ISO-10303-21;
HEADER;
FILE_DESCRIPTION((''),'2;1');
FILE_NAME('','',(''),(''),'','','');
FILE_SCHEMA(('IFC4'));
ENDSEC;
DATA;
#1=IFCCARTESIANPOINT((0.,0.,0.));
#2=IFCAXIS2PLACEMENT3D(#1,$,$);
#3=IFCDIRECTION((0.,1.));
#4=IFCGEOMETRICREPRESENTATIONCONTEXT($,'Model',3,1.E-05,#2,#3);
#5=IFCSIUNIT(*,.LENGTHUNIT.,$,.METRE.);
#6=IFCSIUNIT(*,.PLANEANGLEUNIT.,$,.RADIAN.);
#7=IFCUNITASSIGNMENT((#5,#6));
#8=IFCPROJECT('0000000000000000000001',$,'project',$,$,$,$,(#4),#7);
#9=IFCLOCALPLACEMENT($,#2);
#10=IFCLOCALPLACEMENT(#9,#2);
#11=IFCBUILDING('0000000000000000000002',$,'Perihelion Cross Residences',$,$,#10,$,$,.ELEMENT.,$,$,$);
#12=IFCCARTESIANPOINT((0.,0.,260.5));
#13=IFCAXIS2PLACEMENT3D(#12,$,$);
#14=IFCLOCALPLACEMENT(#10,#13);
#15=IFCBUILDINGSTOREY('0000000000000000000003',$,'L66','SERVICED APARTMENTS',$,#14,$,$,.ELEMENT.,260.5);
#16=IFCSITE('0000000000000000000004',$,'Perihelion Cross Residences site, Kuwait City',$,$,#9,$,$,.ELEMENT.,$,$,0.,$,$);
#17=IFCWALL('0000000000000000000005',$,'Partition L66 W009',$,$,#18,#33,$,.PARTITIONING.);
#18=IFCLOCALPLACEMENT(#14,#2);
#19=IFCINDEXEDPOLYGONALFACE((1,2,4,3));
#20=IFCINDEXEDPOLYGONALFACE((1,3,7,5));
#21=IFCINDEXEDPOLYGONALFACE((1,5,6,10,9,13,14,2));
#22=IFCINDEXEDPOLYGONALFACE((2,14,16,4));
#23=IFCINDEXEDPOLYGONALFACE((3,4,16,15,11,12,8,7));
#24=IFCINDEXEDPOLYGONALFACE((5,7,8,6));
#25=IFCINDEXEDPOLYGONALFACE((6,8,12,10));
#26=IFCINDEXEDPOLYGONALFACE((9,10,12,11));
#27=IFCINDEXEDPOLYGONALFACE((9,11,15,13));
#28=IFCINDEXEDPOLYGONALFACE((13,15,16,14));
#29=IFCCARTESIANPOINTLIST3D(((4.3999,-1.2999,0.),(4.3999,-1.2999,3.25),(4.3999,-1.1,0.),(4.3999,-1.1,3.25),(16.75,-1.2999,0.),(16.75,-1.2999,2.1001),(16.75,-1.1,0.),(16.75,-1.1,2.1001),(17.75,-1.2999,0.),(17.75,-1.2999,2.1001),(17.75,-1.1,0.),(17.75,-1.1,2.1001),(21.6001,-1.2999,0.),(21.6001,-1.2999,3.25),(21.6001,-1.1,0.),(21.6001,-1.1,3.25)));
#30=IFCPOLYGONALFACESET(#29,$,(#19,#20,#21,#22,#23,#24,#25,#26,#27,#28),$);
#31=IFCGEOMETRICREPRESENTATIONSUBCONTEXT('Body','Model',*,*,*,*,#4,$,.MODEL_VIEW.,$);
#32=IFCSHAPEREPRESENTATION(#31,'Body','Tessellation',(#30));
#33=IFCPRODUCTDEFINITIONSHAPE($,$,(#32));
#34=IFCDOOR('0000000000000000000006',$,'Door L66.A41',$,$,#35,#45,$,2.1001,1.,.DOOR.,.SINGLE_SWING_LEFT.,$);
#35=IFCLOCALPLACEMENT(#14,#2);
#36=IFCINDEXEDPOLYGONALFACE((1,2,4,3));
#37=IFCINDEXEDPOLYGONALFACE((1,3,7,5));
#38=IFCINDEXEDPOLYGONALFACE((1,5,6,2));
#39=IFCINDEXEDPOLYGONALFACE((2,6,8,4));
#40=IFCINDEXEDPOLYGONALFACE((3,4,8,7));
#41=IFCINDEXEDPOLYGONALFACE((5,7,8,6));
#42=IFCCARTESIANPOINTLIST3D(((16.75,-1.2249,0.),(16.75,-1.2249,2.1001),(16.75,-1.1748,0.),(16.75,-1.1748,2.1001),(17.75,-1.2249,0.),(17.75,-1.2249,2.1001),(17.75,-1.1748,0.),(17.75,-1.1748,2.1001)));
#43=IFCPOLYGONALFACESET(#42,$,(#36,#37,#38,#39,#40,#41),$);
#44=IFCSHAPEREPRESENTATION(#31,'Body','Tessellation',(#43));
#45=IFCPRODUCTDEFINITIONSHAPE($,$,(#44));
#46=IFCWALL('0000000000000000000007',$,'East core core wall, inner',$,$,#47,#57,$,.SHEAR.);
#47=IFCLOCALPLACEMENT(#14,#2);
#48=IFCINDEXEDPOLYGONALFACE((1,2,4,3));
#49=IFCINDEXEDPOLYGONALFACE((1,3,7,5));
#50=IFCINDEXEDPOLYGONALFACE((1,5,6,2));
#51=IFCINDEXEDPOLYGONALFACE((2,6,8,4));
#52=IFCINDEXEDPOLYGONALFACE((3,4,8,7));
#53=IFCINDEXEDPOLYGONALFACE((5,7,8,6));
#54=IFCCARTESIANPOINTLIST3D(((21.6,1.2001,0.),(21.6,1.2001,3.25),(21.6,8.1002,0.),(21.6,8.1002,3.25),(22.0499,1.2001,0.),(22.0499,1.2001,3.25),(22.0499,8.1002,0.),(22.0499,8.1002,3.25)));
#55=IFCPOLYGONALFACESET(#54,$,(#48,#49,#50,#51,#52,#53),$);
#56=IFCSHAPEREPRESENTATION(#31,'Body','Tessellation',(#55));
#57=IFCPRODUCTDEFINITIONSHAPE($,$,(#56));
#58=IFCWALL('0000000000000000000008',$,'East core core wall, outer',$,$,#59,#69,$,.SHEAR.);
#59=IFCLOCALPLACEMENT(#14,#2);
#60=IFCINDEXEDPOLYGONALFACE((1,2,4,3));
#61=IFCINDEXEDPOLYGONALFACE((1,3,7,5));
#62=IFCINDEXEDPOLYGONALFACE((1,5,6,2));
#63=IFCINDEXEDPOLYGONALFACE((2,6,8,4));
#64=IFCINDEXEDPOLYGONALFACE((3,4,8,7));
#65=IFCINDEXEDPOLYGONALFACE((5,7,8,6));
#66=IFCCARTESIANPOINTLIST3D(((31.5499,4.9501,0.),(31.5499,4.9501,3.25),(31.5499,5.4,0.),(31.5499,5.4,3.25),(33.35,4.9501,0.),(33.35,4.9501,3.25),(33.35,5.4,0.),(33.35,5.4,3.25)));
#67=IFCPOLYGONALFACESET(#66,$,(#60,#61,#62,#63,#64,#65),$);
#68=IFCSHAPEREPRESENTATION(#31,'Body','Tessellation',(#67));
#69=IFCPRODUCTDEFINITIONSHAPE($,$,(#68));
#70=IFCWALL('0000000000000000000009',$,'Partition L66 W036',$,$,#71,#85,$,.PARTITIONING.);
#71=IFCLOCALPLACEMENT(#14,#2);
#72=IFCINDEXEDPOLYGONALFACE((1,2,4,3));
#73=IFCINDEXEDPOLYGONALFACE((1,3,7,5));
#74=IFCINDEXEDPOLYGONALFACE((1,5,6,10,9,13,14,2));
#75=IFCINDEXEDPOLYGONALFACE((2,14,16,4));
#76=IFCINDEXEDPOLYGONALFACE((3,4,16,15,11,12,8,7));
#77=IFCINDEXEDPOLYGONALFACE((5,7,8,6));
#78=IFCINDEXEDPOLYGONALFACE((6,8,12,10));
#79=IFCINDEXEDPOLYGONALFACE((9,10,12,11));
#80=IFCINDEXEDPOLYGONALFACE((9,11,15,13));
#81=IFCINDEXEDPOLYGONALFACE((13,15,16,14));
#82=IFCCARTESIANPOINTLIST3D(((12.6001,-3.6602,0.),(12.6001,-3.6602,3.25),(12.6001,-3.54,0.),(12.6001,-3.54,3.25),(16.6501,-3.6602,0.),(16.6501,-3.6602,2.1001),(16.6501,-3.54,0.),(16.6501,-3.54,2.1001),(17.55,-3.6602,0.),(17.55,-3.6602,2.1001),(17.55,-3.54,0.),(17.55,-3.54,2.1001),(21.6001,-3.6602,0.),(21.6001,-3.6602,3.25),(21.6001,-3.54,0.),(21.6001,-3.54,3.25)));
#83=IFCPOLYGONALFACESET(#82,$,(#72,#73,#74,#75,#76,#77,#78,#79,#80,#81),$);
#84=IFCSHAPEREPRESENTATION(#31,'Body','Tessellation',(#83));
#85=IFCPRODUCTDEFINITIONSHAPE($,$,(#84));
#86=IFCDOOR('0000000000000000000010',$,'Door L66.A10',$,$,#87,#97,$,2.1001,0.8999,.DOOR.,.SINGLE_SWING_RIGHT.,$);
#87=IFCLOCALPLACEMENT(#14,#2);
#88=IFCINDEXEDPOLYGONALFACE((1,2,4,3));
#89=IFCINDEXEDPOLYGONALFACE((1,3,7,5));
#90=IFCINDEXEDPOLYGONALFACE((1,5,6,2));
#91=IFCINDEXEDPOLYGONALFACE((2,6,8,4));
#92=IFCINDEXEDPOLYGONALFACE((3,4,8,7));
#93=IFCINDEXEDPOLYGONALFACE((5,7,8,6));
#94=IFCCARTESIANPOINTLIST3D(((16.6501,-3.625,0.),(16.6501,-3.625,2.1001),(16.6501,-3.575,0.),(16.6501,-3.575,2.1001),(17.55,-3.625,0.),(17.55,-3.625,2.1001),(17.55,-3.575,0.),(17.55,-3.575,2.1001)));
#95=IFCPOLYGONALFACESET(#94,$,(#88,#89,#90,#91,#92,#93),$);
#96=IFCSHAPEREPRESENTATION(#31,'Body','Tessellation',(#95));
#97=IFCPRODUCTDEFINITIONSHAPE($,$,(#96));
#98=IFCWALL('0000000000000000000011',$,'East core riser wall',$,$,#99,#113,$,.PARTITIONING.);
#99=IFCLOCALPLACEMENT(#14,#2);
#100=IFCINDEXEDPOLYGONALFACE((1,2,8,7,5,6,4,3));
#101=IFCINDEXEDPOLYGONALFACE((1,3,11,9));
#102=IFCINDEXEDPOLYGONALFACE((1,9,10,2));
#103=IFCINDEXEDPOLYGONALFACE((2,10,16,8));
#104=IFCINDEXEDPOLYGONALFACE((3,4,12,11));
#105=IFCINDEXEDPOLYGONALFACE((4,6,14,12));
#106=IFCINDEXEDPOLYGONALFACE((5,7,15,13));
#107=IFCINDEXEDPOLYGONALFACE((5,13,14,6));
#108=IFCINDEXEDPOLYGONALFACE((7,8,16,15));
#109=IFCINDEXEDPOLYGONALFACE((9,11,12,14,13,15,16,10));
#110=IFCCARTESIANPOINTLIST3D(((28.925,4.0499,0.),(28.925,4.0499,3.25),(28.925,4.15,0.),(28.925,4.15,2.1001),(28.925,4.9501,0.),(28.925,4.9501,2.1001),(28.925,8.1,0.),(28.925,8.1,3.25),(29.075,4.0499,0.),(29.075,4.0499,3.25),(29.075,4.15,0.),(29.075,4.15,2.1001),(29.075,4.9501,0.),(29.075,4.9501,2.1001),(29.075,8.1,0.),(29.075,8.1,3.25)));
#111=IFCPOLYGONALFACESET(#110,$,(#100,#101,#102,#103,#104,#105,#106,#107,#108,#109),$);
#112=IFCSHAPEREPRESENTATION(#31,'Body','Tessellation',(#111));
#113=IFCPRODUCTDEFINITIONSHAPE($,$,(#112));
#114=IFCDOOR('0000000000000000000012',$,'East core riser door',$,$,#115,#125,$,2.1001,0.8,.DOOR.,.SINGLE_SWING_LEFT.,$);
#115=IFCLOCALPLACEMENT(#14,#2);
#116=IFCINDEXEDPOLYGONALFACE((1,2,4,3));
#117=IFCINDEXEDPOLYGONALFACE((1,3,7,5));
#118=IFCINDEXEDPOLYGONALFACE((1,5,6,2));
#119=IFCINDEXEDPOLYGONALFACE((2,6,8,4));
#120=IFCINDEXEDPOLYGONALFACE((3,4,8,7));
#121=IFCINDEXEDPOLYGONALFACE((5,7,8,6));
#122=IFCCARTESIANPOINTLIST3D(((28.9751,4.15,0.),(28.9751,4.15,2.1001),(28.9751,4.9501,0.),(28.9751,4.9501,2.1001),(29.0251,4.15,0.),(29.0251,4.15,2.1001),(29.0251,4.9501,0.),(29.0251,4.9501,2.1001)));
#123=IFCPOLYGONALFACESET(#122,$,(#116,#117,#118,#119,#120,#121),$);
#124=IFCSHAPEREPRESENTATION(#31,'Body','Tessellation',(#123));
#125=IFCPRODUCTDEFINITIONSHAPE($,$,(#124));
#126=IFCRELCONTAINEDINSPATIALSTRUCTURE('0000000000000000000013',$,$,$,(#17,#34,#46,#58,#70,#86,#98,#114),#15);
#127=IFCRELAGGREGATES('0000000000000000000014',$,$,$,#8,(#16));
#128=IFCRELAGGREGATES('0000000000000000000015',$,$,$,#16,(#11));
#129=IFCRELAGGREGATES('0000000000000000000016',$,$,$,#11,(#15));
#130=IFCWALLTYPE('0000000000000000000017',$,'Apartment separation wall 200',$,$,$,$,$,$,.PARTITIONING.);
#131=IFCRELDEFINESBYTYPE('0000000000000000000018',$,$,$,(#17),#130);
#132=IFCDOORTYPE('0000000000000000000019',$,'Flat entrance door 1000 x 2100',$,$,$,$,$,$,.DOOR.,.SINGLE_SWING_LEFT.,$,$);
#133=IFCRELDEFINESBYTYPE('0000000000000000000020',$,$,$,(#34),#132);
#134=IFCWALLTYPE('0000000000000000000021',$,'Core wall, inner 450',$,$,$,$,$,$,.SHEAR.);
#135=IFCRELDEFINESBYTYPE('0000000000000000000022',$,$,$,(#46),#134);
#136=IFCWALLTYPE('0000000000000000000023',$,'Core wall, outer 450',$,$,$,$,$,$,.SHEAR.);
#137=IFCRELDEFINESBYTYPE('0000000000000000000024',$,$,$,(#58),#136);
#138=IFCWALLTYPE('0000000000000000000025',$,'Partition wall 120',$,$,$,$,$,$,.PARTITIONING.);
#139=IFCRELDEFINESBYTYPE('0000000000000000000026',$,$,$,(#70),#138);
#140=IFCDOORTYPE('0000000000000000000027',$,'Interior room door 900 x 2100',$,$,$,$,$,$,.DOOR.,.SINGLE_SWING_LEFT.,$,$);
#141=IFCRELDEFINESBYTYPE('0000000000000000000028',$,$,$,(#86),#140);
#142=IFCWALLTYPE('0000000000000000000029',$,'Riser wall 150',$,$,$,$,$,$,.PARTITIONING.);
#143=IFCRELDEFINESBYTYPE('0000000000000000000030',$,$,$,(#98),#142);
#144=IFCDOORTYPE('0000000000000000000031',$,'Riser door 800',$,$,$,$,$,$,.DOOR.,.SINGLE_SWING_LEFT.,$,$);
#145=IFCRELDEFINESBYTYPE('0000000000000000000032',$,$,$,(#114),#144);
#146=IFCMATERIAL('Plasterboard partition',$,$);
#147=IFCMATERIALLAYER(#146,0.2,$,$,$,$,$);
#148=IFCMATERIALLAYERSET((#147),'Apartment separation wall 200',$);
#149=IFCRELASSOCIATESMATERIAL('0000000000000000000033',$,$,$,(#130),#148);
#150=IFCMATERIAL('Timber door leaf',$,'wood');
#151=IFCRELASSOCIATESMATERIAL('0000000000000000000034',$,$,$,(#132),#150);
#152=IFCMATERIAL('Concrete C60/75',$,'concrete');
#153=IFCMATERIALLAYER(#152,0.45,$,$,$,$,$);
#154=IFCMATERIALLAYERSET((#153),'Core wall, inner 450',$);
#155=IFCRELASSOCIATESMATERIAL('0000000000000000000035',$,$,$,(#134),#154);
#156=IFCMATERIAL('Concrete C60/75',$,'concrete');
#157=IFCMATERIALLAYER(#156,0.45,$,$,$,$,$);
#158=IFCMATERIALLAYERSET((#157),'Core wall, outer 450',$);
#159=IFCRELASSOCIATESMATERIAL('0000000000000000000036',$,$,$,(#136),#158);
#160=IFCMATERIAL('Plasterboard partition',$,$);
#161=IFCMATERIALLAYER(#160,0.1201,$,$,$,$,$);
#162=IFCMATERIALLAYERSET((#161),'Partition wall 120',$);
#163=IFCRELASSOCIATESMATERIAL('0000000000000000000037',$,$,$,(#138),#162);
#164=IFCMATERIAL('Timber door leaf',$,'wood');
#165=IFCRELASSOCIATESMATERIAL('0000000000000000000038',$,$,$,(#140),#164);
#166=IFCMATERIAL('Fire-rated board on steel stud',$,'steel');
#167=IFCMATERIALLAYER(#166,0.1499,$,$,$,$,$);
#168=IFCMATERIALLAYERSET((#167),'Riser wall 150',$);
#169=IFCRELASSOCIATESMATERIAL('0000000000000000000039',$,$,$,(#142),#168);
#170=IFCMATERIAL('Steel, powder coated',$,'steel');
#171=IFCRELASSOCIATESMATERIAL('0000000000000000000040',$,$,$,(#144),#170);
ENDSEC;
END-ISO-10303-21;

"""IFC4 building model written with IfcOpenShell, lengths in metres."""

from ifc_helpers import new_model, si_unit, direction, frame, frame_2d, origin, place, context, subcontext, project, spatial, rectangle, extrude, material, layer, layer_set, type_object, element, fill, save


model = new_model("IFC4")

# Units and contexts
model_context = context("Model", 3, precision=1e-05, world=origin(), true_north=direction((0.0, 1.0)))
body_context = subcontext(model_context, "Body", "Model", "MODEL_VIEW")
ifc_project = project(units=[si_unit("LENGTHUNIT", "METRE"), si_unit("PLANEANGLEUNIT", "RADIAN")], contexts=[model_context])

# Site, building, storey
site_placement = place(None, origin())
site = spatial("IfcSite", under=ifc_project, at=site_placement, Name="Perihelion Cross Residences site, Kuwait City", CompositionType="ELEMENT", RefElevation=0.0)
building_placement = place(site_placement, origin())
building = spatial("IfcBuilding", under=site, at=building_placement, Name="Perihelion Cross Residences", CompositionType="ELEMENT")
storey_placement = place(building_placement, frame((0.0, 0.0, 260.5)))
storey = spatial("IfcBuildingStorey", under=building, at=storey_placement, Name="L66", Description="SERVICED APARTMENTS", CompositionType="ELEMENT", Elevation=260.5)

# Wall, opening, door
ifc_material_1 = material(Name="Plasterboard partition")
ifc_layer_1 = layer(ifc_material_1, 0.2)
ifc_layer_set_1 = layer_set([ifc_layer_1], Name="Apartment separation wall 200")
wall_type_1 = type_object("IfcWallType", Name="Apartment separation wall 200", PredefinedType="PARTITIONING", material=ifc_layer_set_1)
wall_1_placement = place(storey_placement, frame((21.6001, -1.2, 0.0), z_axis=(0.0, 0.0, 1.0), x_axis=(-1.0, 0.0, 0.0)))
wall_1 = element("IfcWall", 1, at=wall_1_placement, inside=storey, type_object=wall_type_1, Name="Partition L66 W009", PredefinedType="PARTITIONING", context=body_context, shape_type="SweptSolid", body=[
    extrude(rectangle(XDim=17.2002, YDim=0.2, at=frame_2d((8.6001, 0.0))), origin(), (0.0, 0.0, 1.0), 3.25),
])
opening_1_placement = place(wall_1_placement, frame((3.8501, 0.0, 0.0)))
opening_1 = element("IfcOpeningElement", 2, at=opening_1_placement, cuts=wall_1, PredefinedType="OPENING", context=body_context, shape_type="SweptSolid", body=[
    extrude(rectangle(XDim=1.0, YDim=2.1001, at=frame_2d((0.5, 1.05))), frame((0.0, 0.1099, 0.0), z_axis=(0.0, -1.0, 0.0), x_axis=(1.0, 0.0, 0.0)), (0.0, 0.0, 1.0), 0.22),
])
ifc_material_2 = material(Name="Timber door leaf", Category="wood")
door_type_1 = type_object("IfcDoorType", Name="Flat entrance door 1000 x 2100", OperationType="SINGLE_SWING_LEFT", PredefinedType="DOOR", material=ifc_material_2)
door_1_placement = place(opening_1_placement, origin())
door_1 = element("IfcDoor", 3, at=door_1_placement, inside=storey, type_object=door_type_1, Name="Door L66.A41", OperationType="SINGLE_SWING_LEFT", OverallHeight=2.1001, OverallWidth=1.0, PredefinedType="DOOR", context=body_context, shape_type="SweptSolid", body=[
    extrude(rectangle(XDim=1.0, YDim=2.1001, at=frame_2d((0.5, 1.05))), frame((0.0, 0.0249, 0.0), z_axis=(0.0, -1.0, 0.0), x_axis=(1.0, 0.0, 0.0)), (0.0, 0.0, 1.0), 0.05),
])
fill(opening_1, door_1)

# Walls
ifc_material_3 = material(Name="Concrete C60/75", Category="concrete")
ifc_layer_2 = layer(ifc_material_3, 0.45)
ifc_layer_set_2 = layer_set([ifc_layer_2], Name="Core wall, inner 450")
wall_type_2 = type_object("IfcWallType", Name="Core wall, inner 450", PredefinedType="SHEAR", material=ifc_layer_set_2)
wall_2_placement = place(storey_placement, frame((21.825, 1.2, 0.0), z_axis=(0.0, 0.0, 1.0), x_axis=(0.0, 1.0, 0.0)))
element("IfcWall", 4, at=wall_2_placement, inside=storey, type_object=wall_type_2, Name="East core core wall, inner", PredefinedType="SHEAR", context=body_context, shape_type="SweptSolid", body=[
    extrude(rectangle(XDim=6.9001, YDim=0.45, at=frame_2d((3.4502, 0.0))), origin(), (0.0, 0.0, 1.0), 3.25),
])
ifc_material_4 = material(Name="Concrete C60/75", Category="concrete")
ifc_layer_3 = layer(ifc_material_4, 0.45)
ifc_layer_set_3 = layer_set([ifc_layer_3], Name="Core wall, outer 450")
wall_type_3 = type_object("IfcWallType", Name="Core wall, outer 450", PredefinedType="SHEAR", material=ifc_layer_set_3)
wall_3_placement = place(storey_placement, frame((31.55, 5.175, 0.0), z_axis=(0.0, 0.0, 1.0), x_axis=(1.0, 0.0, 0.0)))
element("IfcWall", 5, at=wall_3_placement, inside=storey, type_object=wall_type_3, Name="East core core wall, outer", PredefinedType="SHEAR", context=body_context, shape_type="SweptSolid", body=[
    extrude(rectangle(XDim=1.8, YDim=0.45, at=frame_2d((0.8999, 0.0))), origin(), (0.0, 0.0, 1.0), 3.25),
])

# Walls, openings, doors
ifc_material_5 = material(Name="Plasterboard partition")
ifc_layer_4 = layer(ifc_material_5, 0.1201)
ifc_layer_set_4 = layer_set([ifc_layer_4], Name="Partition wall 120")
wall_type_4 = type_object("IfcWallType", Name="Partition wall 120", PredefinedType="PARTITIONING", material=ifc_layer_set_4)
wall_4_placement = place(storey_placement, frame((21.6001, -3.6001, 0.0), z_axis=(0.0, 0.0, 1.0), x_axis=(-1.0, 0.0, 0.0)))
wall_4 = element("IfcWall", 6, at=wall_4_placement, inside=storey, type_object=wall_type_4, Name="Partition L66 W036", PredefinedType="PARTITIONING", context=body_context, shape_type="SweptSolid", body=[
    extrude(rectangle(XDim=9.0, YDim=0.1201, at=frame_2d((4.5, 0.0))), origin(), (0.0, 0.0, 1.0), 3.25),
])
opening_2_placement = place(wall_4_placement, frame((4.05, 0.0, 0.0)))
opening_2 = element("IfcOpeningElement", 7, at=opening_2_placement, cuts=wall_4, PredefinedType="OPENING", context=body_context, shape_type="SweptSolid", body=[
    extrude(rectangle(XDim=0.8999, YDim=2.1001, at=frame_2d((0.45, 1.05))), frame((0.0, 0.0701, 0.0), z_axis=(0.0, -1.0, 0.0), x_axis=(1.0, 0.0, 0.0)), (0.0, 0.0, 1.0), 0.1401),
])
ifc_material_6 = material(Name="Timber door leaf", Category="wood")
door_type_2 = type_object("IfcDoorType", Name="Interior room door 900 x 2100", OperationType="SINGLE_SWING_LEFT", PredefinedType="DOOR", material=ifc_material_6)
door_2_placement = place(opening_2_placement, origin())
door_2 = element("IfcDoor", 8, at=door_2_placement, inside=storey, type_object=door_type_2, Name="Door L66.A10", OperationType="SINGLE_SWING_RIGHT", OverallHeight=2.1001, OverallWidth=0.8999, PredefinedType="DOOR", context=body_context, shape_type="SweptSolid", body=[
    extrude(rectangle(XDim=0.8999, YDim=2.1001, at=frame_2d((0.45, 1.05))), frame((0.0, 0.0249, 0.0), z_axis=(0.0, -1.0, 0.0), x_axis=(1.0, 0.0, 0.0)), (0.0, 0.0, 1.0), 0.05),
])
fill(opening_2, door_2)
ifc_material_7 = material(Name="Fire-rated board on steel stud", Category="steel")
ifc_layer_5 = layer(ifc_material_7, 0.1499)
ifc_layer_set_5 = layer_set([ifc_layer_5], Name="Riser wall 150")
wall_type_5 = type_object("IfcWallType", Name="Riser wall 150", PredefinedType="PARTITIONING", material=ifc_layer_set_5)
wall_5_placement = place(storey_placement, frame((29.0, 4.05, 0.0), z_axis=(0.0, 0.0, 1.0), x_axis=(0.0, 1.0, 0.0)))
wall_5 = element("IfcWall", 9, at=wall_5_placement, inside=storey, type_object=wall_type_5, Name="East core riser wall", PredefinedType="PARTITIONING", context=body_context, shape_type="SweptSolid", body=[
    extrude(rectangle(XDim=4.05, YDim=0.1499, at=frame_2d((2.0249, 0.0))), origin(), (0.0, 0.0, 1.0), 3.25),
])
opening_3_placement = place(wall_5_placement, frame((0.1001, 0.0, 0.0)))
opening_3 = element("IfcOpeningElement", 10, at=opening_3_placement, cuts=wall_5, PredefinedType="OPENING", context=body_context, shape_type="SweptSolid", body=[
    extrude(rectangle(XDim=0.8, YDim=2.1001, at=frame_2d((0.3999, 1.05))), frame((0.0, 0.085, 0.0), z_axis=(0.0, -1.0, 0.0), x_axis=(1.0, 0.0, 0.0)), (0.0, 0.0, 1.0), 0.1699),
])
ifc_material_8 = material(Name="Steel, powder coated", Category="steel")
door_type_3 = type_object("IfcDoorType", Name="Riser door 800", OperationType="SINGLE_SWING_LEFT", PredefinedType="DOOR", material=ifc_material_8)
door_3_placement = place(opening_3_placement, origin())
door_3 = element("IfcDoor", 11, at=door_3_placement, inside=storey, type_object=door_type_3, Name="East core riser door", OperationType="SINGLE_SWING_LEFT", OverallHeight=2.1001, OverallWidth=0.8, PredefinedType="DOOR", context=body_context, shape_type="SweptSolid", body=[
    extrude(rectangle(XDim=0.8, YDim=2.1001, at=frame_2d((0.3999, 1.05))), frame((0.0, 0.0249, 0.0), z_axis=(0.0, -1.0, 0.0), x_axis=(1.0, 0.0, 0.0)), (0.0, 0.0, 1.0), 0.05),
])
fill(opening_3, door_3)

save(model, "model.ifc")
